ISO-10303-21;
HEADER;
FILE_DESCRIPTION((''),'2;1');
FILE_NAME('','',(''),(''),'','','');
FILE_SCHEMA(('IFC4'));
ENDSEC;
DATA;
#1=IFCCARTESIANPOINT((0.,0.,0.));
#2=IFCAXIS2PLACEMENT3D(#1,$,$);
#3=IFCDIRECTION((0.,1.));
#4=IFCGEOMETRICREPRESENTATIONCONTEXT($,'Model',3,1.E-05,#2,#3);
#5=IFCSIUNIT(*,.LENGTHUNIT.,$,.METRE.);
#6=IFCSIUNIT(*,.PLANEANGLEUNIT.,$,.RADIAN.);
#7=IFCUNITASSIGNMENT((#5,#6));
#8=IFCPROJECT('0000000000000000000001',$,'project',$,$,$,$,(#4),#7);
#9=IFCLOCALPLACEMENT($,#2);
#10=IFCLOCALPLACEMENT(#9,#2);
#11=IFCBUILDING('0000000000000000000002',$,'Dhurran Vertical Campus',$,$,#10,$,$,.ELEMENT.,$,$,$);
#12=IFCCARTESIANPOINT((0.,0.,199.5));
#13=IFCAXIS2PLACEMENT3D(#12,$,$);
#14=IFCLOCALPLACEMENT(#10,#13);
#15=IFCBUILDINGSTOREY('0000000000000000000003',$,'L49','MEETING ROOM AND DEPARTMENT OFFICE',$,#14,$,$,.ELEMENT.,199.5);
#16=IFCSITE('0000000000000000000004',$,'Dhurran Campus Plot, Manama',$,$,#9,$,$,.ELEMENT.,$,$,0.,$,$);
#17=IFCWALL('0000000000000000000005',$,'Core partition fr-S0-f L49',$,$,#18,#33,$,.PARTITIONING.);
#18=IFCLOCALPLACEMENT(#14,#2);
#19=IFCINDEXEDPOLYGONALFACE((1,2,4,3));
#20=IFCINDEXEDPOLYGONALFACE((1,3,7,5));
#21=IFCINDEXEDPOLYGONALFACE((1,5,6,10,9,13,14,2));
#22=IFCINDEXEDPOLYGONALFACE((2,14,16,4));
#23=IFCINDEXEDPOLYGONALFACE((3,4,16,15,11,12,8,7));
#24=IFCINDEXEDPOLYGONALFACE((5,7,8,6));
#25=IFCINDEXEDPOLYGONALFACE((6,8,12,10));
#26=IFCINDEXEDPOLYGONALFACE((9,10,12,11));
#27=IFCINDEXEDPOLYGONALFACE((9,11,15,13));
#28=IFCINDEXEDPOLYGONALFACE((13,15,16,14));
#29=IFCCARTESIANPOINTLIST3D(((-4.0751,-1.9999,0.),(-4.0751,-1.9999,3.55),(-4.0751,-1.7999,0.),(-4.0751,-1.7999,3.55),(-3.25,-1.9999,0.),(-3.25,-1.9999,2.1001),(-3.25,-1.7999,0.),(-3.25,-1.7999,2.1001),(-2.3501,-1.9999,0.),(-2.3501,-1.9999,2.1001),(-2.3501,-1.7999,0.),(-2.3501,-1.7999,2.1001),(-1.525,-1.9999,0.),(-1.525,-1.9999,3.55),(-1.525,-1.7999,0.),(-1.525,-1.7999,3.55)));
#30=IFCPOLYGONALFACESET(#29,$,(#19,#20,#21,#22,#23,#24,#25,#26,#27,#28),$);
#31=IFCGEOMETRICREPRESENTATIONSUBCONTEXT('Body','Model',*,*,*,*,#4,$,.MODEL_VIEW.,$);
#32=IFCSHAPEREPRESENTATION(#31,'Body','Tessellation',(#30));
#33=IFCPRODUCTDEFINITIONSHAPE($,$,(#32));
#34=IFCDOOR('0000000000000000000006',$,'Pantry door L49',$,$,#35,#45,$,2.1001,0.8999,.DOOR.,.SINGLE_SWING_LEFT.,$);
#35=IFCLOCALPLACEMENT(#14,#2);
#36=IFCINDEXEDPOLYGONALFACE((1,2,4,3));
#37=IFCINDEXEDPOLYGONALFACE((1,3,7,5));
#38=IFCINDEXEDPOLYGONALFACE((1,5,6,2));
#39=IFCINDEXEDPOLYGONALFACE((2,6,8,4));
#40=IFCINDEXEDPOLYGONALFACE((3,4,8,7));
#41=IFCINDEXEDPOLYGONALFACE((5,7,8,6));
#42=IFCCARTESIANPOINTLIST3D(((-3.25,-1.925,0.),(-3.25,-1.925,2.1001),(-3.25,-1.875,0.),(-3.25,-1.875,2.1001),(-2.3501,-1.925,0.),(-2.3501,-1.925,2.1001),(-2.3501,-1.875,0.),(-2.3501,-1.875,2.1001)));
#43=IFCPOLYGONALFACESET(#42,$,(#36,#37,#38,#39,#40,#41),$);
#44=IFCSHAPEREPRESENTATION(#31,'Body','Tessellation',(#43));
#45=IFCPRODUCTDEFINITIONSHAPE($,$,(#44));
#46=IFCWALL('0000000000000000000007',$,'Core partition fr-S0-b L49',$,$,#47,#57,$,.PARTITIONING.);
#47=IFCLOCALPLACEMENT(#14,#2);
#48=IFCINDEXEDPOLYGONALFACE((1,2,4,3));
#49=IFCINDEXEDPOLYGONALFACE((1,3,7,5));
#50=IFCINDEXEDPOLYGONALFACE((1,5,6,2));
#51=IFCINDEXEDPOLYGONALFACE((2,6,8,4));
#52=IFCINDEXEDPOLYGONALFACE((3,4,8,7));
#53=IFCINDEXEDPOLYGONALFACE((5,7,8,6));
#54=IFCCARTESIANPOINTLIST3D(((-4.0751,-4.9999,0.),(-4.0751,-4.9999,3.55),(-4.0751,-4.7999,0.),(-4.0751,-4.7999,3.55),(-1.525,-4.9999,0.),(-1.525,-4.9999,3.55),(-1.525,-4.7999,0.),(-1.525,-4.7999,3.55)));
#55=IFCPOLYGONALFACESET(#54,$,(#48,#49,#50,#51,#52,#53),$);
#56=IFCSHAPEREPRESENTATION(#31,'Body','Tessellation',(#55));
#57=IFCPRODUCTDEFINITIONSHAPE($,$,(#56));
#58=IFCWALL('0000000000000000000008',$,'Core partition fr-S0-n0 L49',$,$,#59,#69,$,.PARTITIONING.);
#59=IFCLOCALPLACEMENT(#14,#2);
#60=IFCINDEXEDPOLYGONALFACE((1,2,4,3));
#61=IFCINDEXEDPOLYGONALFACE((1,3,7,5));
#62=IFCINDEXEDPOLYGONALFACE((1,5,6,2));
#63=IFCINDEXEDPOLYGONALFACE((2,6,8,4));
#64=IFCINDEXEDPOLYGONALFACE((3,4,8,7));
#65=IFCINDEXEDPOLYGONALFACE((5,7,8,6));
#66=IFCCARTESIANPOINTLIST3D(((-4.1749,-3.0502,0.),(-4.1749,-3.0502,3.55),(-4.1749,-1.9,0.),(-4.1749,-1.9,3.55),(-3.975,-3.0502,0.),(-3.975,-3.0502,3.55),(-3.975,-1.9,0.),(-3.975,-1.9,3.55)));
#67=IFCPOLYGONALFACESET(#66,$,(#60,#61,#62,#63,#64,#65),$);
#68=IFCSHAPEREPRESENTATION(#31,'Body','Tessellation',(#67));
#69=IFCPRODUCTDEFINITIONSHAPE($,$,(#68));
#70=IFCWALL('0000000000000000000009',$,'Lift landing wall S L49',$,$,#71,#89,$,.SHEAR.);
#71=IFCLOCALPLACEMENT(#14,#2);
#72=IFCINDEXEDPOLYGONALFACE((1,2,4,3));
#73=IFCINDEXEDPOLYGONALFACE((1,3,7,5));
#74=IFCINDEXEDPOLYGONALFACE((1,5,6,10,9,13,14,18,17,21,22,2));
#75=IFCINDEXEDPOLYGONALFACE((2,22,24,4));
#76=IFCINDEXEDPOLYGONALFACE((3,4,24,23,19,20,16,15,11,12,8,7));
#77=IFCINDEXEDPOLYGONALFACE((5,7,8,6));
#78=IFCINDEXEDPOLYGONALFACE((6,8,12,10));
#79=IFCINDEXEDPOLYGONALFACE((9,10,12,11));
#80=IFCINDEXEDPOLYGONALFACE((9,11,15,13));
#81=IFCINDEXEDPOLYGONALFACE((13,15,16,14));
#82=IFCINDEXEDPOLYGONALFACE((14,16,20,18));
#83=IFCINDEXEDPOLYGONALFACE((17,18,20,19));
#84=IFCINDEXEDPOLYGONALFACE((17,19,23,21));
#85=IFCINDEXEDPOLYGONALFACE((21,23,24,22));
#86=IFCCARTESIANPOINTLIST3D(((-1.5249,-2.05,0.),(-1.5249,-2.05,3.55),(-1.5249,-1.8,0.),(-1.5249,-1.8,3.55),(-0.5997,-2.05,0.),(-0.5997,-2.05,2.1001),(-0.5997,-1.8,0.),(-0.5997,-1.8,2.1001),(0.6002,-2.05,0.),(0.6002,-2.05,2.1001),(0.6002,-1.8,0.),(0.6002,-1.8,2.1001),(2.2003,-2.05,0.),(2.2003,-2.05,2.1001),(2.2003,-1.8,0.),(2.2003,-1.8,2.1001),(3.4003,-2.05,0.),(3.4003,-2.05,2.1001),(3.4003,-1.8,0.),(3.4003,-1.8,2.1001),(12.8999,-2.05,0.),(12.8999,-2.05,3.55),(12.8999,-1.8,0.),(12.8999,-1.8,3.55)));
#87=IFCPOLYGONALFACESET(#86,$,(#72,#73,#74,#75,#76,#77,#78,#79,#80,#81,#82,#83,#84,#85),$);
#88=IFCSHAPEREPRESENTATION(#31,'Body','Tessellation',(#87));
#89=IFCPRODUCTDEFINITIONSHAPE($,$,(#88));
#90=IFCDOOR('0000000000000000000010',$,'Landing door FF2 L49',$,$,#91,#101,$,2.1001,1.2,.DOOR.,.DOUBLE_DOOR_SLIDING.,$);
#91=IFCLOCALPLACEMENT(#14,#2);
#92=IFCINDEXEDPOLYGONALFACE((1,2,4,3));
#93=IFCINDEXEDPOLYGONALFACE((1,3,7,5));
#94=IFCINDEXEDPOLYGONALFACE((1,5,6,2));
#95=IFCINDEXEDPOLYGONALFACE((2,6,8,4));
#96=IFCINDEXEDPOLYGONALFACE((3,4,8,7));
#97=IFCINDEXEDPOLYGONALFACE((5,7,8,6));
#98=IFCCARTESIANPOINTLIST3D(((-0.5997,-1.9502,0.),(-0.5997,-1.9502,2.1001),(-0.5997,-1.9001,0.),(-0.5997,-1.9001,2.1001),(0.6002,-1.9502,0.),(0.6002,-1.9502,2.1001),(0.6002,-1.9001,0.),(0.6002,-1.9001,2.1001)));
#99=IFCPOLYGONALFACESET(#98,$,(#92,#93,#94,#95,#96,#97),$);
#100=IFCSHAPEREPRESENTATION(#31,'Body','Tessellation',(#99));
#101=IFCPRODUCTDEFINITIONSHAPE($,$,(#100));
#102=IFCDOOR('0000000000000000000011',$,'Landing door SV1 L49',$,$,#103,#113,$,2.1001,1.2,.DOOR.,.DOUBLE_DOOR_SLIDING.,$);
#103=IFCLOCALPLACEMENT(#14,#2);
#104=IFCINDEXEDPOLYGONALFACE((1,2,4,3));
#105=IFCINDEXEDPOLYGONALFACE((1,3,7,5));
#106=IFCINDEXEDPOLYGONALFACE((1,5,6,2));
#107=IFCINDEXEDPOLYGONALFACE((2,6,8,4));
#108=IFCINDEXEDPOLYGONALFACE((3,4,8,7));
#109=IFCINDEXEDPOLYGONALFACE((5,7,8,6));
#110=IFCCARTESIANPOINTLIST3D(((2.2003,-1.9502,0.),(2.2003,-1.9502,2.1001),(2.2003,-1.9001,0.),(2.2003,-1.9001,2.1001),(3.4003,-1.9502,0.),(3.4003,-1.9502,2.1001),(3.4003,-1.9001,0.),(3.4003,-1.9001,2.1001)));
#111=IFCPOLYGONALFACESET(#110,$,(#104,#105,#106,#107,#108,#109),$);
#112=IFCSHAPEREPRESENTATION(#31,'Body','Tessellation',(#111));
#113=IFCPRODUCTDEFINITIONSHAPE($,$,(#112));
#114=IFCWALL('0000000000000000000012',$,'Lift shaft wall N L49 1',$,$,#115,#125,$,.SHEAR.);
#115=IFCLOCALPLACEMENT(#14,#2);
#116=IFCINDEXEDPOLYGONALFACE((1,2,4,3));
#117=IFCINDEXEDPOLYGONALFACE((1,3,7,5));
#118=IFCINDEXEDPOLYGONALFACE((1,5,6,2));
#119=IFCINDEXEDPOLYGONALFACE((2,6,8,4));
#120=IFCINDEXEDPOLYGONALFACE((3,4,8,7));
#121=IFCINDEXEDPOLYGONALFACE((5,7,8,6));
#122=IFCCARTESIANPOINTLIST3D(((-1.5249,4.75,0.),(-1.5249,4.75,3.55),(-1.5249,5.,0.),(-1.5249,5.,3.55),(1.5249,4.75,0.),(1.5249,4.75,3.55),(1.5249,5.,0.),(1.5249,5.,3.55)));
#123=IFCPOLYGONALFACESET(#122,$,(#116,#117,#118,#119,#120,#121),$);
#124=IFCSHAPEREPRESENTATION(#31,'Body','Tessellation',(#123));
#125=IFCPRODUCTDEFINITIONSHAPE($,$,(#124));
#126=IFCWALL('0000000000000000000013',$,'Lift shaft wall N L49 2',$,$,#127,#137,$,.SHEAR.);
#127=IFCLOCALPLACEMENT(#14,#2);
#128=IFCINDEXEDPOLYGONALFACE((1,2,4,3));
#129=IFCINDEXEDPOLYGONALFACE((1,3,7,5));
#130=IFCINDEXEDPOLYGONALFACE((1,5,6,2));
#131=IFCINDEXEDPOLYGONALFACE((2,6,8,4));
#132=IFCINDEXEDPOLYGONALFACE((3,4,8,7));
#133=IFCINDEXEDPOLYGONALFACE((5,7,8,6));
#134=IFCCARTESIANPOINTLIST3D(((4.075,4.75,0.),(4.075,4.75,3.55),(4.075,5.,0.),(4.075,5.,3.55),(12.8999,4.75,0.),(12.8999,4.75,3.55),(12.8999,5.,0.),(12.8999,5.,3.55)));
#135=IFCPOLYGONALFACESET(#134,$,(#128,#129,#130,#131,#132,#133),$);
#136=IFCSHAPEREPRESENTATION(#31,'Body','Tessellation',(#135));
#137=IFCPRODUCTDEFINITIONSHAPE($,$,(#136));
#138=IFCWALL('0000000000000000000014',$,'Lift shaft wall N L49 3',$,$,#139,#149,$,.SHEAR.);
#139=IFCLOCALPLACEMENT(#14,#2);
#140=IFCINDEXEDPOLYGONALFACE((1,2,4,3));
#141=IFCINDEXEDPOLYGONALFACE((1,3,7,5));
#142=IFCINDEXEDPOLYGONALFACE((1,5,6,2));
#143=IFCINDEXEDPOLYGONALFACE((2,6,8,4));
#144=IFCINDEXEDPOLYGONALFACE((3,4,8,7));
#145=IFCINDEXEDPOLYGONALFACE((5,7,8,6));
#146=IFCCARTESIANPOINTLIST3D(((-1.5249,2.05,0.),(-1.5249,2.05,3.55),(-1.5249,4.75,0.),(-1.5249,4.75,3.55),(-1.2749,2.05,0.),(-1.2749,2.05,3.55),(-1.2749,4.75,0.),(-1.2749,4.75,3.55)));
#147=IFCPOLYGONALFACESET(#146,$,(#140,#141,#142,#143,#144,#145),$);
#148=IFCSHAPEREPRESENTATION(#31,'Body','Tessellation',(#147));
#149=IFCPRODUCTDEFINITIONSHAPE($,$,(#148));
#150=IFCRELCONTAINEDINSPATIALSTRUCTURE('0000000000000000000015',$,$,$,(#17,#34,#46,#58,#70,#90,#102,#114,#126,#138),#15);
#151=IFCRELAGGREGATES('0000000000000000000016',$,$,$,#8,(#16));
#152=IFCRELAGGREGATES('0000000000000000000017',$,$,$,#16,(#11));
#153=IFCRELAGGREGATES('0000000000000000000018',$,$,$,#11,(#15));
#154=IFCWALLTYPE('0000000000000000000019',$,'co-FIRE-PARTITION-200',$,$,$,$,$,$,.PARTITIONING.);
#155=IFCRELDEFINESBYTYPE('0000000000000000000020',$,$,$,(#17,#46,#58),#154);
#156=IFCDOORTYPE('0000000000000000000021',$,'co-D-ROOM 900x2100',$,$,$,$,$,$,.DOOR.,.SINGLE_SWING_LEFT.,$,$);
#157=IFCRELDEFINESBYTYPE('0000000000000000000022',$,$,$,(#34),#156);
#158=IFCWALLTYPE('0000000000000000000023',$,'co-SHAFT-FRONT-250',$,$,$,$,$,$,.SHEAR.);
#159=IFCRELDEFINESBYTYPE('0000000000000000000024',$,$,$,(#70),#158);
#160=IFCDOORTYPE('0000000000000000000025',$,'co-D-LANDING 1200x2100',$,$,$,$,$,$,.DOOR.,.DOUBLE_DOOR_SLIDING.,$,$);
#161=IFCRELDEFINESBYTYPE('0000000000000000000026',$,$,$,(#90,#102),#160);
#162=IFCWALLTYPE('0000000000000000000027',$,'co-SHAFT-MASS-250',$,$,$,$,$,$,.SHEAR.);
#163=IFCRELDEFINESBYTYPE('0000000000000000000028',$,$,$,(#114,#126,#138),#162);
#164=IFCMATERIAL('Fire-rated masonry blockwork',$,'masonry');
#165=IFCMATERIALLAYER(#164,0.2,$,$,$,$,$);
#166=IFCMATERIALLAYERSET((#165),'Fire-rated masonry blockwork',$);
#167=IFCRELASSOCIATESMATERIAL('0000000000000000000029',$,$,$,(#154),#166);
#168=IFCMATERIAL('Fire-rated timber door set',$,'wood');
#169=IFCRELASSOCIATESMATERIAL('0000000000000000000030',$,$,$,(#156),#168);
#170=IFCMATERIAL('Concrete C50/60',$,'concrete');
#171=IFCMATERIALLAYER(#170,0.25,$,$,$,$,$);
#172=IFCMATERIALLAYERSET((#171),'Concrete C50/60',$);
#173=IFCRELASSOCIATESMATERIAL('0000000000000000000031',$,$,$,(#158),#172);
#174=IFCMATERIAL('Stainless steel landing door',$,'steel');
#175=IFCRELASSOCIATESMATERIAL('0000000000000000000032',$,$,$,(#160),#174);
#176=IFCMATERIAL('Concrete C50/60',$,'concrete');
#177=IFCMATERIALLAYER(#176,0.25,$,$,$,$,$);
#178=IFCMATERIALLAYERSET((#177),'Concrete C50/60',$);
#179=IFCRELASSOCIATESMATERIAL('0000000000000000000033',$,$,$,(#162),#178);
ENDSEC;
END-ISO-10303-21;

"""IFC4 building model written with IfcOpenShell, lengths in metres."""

from ifc_helpers import new_model, si_unit, direction, frame, frame_2d, origin, place, context, subcontext, project, spatial, polyline, rectangle, outline, extrude, material, layer, layer_set, type_object, element, fill, save


model = new_model("IFC4")

# Units and contexts
model_context = context("Model", 3, precision=1e-05, world=origin(), true_north=direction((0.0, 1.0)))
body_context = subcontext(model_context, "Body", "Model", "MODEL_VIEW")
ifc_project = project(units=[si_unit("LENGTHUNIT", "METRE"), si_unit("PLANEANGLEUNIT", "RADIAN")], contexts=[model_context])

# Site, building, storey
site_placement = place(None, origin())
site = spatial("IfcSite", under=ifc_project, at=site_placement, Name="Dhurran Campus Plot, Manama", CompositionType="ELEMENT", RefElevation=0.0)
building_placement = place(site_placement, origin())
building = spatial("IfcBuilding", under=site, at=building_placement, Name="Dhurran Vertical Campus", CompositionType="ELEMENT")
storey_placement = place(building_placement, frame((0.0, 0.0, 199.5)))
storey = spatial("IfcBuildingStorey", under=building, at=storey_placement, Name="L49", Description="MEETING ROOM AND DEPARTMENT OFFICE", CompositionType="ELEMENT", Elevation=199.5)

# Shared definitions
ifc_material_1 = material(Name="Fire-rated masonry blockwork", Category="masonry")
ifc_layer_1 = layer(ifc_material_1, 0.2)
ifc_layer_set_1 = layer_set([ifc_layer_1], Name="Fire-rated masonry blockwork")
wall_type_1 = type_object("IfcWallType", Name="co-FIRE-PARTITION-200", PredefinedType="PARTITIONING", material=ifc_layer_set_1)

# Wall, opening, door
ifc_material_2 = material(Name="Fire-rated timber door set", Category="wood")
door_type_1 = type_object("IfcDoorType", Name="co-D-ROOM 900x2100", OperationType="SINGLE_SWING_LEFT", PredefinedType="DOOR", material=ifc_material_2)
wall_1_placement = place(storey_placement, frame((-4.075, -1.8999, 0.0), z_axis=(0.0, 0.0, 1.0), x_axis=(1.0, 0.0, 0.0)))
wall_1 = element("IfcWall", 1, at=wall_1_placement, inside=storey, type_object=wall_type_1, Name="Core partition fr-S0-f L49", PredefinedType="PARTITIONING", context=body_context, shape_type="SweptSolid", body=[
    extrude(rectangle(XDim=2.55, YDim=0.2, at=frame_2d((1.2749, 0.0))), origin(), (0.0, 0.0, 1.0), 3.55),
])
opening_1_placement = place(wall_1_placement, frame((0.825, 0.0, 0.0)))
opening_1 = element("IfcOpeningElement", 2, at=opening_1_placement, cuts=wall_1, PredefinedType="OPENING", context=body_context, shape_type="SweptSolid", body=[
    extrude(rectangle(XDim=0.8999, YDim=2.1001, at=frame_2d((0.45, 1.05))), frame((0.0, 0.1099, 0.0), z_axis=(0.0, -1.0, 0.0), x_axis=(1.0, 0.0, 0.0)), (0.0, 0.0, 1.0), 0.22),
])
door_1_placement = place(opening_1_placement, origin())
door_1 = element("IfcDoor", 3, at=door_1_placement, inside=storey, type_object=door_type_1, Name="Pantry door L49", OperationType="SINGLE_SWING_LEFT", OverallHeight=2.1001, OverallWidth=0.8999, PredefinedType="DOOR", context=body_context, shape_type="SweptSolid", body=[
    extrude(rectangle(XDim=0.8999, YDim=2.1001, at=frame_2d((0.45, 1.05))), frame((0.0, 0.0249, 0.0), z_axis=(0.0, -1.0, 0.0), x_axis=(1.0, 0.0, 0.0)), (0.0, 0.0, 1.0), 0.05),
])
fill(opening_1, door_1)

# Walls
wall_2_placement = place(storey_placement, frame((-4.075, -4.8999, 0.0), z_axis=(0.0, 0.0, 1.0), x_axis=(1.0, 0.0, 0.0)))
element("IfcWall", 4, at=wall_2_placement, inside=storey, type_object=wall_type_1, Name="Core partition fr-S0-b L49", PredefinedType="PARTITIONING", context=body_context, shape_type="SweptSolid", body=[
    extrude(rectangle(XDim=2.55, YDim=0.2, at=frame_2d((1.2749, 0.0))), origin(), (0.0, 0.0, 1.0), 3.55),
])
wall_3_placement = place(storey_placement, frame((-4.075, -1.8999, 0.0), z_axis=(0.0, 0.0, 1.0), x_axis=(0.0, -1.0, 0.0)))
element("IfcWall", 5, at=wall_3_placement, inside=storey, type_object=wall_type_1, Name="Core partition fr-S0-n0 L49", PredefinedType="PARTITIONING", context=body_context, shape_type="SweptSolid", body=[
    extrude(rectangle(XDim=1.1501, YDim=0.2, at=frame_2d((0.5752, 0.0))), origin(), (0.0, 0.0, 1.0), 3.55),
])

# Wall, openings, doors
ifc_material_3 = material(Name="Concrete C50/60", Category="concrete")
ifc_layer_2 = layer(ifc_material_3, 0.25)
ifc_layer_set_2 = layer_set([ifc_layer_2], Name="Concrete C50/60")
wall_type_2 = type_object("IfcWallType", Name="co-SHAFT-FRONT-250", PredefinedType="SHEAR", material=ifc_layer_set_2)
wall_4_placement = place(storey_placement, frame((-1.5249, -1.925, 0.0), z_axis=(0.0, 0.0, 1.0), x_axis=(1.0, 0.0, 0.0)))
wall_4 = element("IfcWall", 6, at=wall_4_placement, inside=storey, type_object=wall_type_2, Name="Lift landing wall S L49", PredefinedType="SHEAR", context=body_context, shape_type="SweptSolid", body=[
    extrude(rectangle(XDim=14.4248, YDim=0.25, at=frame_2d((7.2124, 0.0))), origin(), (0.0, 0.0, 1.0), 3.55),
])
opening_2_placement = place(wall_4_placement, frame((0.925, 0.0, 0.0)))
opening_2 = element("IfcOpeningElement", 7, at=opening_2_placement, cuts=wall_4, PredefinedType="OPENING", context=body_context, shape_type="SweptSolid", body=[
    extrude(rectangle(XDim=1.2, YDim=2.1001, at=frame_2d((0.6001, 1.05))), frame((0.0, 0.135, 0.0), z_axis=(0.0, -1.0, 0.0), x_axis=(1.0, 0.0, 0.0)), (0.0, 0.0, 1.0), 0.27),
])
opening_3_placement = place(wall_4_placement, frame((3.7251, 0.0, 0.0)))
opening_3 = element("IfcOpeningElement", 8, at=opening_3_placement, cuts=wall_4, PredefinedType="OPENING", context=body_context, shape_type="SweptSolid", body=[
    extrude(rectangle(XDim=1.2, YDim=2.1001, at=frame_2d((0.6001, 1.05))), frame((0.0, 0.135, 0.0), z_axis=(0.0, -1.0, 0.0), x_axis=(1.0, 0.0, 0.0)), (0.0, 0.0, 1.0), 0.27),
])
ifc_material_4 = material(Name="Stainless steel landing door", Category="steel")
door_type_2 = type_object("IfcDoorType", Name="co-D-LANDING 1200x2100", OperationType="DOUBLE_DOOR_SLIDING", PredefinedType="DOOR", material=ifc_material_4)
door_2_placement = place(opening_2_placement, origin())
door_2 = element("IfcDoor", 9, at=door_2_placement, inside=storey, type_object=door_type_2, Name="Landing door FF2 L49", OperationType="DOUBLE_DOOR_SLIDING", OverallHeight=2.1001, OverallWidth=1.2, PredefinedType="DOOR", context=body_context, shape_type="SweptSolid", body=[
    extrude(rectangle(XDim=1.2, YDim=2.1001, at=frame_2d((0.6001, 1.05))), frame((0.0, 0.0249, 0.0), z_axis=(0.0, -1.0, 0.0), x_axis=(1.0, 0.0, 0.0)), (0.0, 0.0, 1.0), 0.05),
])
fill(opening_2, door_2)
door_3_placement = place(opening_3_placement, origin())
door_3 = element("IfcDoor", 10, at=door_3_placement, inside=storey, type_object=door_type_2, Name="Landing door SV1 L49", OperationType="DOUBLE_DOOR_SLIDING", OverallHeight=2.1001, OverallWidth=1.2, PredefinedType="DOOR", context=body_context, shape_type="SweptSolid", body=[
    extrude(rectangle(XDim=1.2, YDim=2.1001, at=frame_2d((0.6001, 1.05))), frame((0.0, 0.0249, 0.0), z_axis=(0.0, -1.0, 0.0), x_axis=(1.0, 0.0, 0.0)), (0.0, 0.0, 1.0), 0.05),
])
fill(opening_3, door_3)

# Walls
ifc_material_5 = material(Name="Concrete C50/60", Category="concrete")
ifc_layer_3 = layer(ifc_material_5, 0.25)
ifc_layer_set_3 = layer_set([ifc_layer_3], Name="Concrete C50/60")
wall_type_3 = type_object("IfcWallType", Name="co-SHAFT-MASS-250", PredefinedType="SHEAR", material=ifc_layer_set_3)
wall_5_placement = place(storey_placement, origin())
element("IfcWall", 11, at=wall_5_placement, inside=storey, type_object=wall_type_3, Name="Lift shaft wall N L49 1", PredefinedType="SHEAR", context=body_context, shape_type="SweptSolid", body=[
    extrude(outline(polyline([(-1.5249, 4.75), (1.5249, 4.75), (1.5249, 5.0), (-1.5249, 5.0), (-1.5249, 4.75)])), origin(), (0.0, 0.0, 1.0), 3.55),
])
wall_6_placement = place(storey_placement, origin())
element("IfcWall", 12, at=wall_6_placement, inside=storey, type_object=wall_type_3, Name="Lift shaft wall N L49 2", PredefinedType="SHEAR", context=body_context, shape_type="SweptSolid", body=[
    extrude(outline(polyline([(4.075, 4.75), (12.8999, 4.75), (12.8999, 5.0), (4.075, 5.0), (4.075, 4.75)])), origin(), (0.0, 0.0, 1.0), 3.55),
])
wall_7_placement = place(storey_placement, origin())
element("IfcWall", 13, at=wall_7_placement, inside=storey, type_object=wall_type_3, Name="Lift shaft wall N L49 3", PredefinedType="SHEAR", context=body_context, shape_type="SweptSolid", body=[
    extrude(outline(polyline([(-1.5249, 2.05), (-1.2749, 2.05), (-1.2749, 4.75), (-1.5249, 4.75), (-1.5249, 2.05)])), origin(), (0.0, 0.0, 1.0), 3.55),
])

save(model, "model.ifc")
